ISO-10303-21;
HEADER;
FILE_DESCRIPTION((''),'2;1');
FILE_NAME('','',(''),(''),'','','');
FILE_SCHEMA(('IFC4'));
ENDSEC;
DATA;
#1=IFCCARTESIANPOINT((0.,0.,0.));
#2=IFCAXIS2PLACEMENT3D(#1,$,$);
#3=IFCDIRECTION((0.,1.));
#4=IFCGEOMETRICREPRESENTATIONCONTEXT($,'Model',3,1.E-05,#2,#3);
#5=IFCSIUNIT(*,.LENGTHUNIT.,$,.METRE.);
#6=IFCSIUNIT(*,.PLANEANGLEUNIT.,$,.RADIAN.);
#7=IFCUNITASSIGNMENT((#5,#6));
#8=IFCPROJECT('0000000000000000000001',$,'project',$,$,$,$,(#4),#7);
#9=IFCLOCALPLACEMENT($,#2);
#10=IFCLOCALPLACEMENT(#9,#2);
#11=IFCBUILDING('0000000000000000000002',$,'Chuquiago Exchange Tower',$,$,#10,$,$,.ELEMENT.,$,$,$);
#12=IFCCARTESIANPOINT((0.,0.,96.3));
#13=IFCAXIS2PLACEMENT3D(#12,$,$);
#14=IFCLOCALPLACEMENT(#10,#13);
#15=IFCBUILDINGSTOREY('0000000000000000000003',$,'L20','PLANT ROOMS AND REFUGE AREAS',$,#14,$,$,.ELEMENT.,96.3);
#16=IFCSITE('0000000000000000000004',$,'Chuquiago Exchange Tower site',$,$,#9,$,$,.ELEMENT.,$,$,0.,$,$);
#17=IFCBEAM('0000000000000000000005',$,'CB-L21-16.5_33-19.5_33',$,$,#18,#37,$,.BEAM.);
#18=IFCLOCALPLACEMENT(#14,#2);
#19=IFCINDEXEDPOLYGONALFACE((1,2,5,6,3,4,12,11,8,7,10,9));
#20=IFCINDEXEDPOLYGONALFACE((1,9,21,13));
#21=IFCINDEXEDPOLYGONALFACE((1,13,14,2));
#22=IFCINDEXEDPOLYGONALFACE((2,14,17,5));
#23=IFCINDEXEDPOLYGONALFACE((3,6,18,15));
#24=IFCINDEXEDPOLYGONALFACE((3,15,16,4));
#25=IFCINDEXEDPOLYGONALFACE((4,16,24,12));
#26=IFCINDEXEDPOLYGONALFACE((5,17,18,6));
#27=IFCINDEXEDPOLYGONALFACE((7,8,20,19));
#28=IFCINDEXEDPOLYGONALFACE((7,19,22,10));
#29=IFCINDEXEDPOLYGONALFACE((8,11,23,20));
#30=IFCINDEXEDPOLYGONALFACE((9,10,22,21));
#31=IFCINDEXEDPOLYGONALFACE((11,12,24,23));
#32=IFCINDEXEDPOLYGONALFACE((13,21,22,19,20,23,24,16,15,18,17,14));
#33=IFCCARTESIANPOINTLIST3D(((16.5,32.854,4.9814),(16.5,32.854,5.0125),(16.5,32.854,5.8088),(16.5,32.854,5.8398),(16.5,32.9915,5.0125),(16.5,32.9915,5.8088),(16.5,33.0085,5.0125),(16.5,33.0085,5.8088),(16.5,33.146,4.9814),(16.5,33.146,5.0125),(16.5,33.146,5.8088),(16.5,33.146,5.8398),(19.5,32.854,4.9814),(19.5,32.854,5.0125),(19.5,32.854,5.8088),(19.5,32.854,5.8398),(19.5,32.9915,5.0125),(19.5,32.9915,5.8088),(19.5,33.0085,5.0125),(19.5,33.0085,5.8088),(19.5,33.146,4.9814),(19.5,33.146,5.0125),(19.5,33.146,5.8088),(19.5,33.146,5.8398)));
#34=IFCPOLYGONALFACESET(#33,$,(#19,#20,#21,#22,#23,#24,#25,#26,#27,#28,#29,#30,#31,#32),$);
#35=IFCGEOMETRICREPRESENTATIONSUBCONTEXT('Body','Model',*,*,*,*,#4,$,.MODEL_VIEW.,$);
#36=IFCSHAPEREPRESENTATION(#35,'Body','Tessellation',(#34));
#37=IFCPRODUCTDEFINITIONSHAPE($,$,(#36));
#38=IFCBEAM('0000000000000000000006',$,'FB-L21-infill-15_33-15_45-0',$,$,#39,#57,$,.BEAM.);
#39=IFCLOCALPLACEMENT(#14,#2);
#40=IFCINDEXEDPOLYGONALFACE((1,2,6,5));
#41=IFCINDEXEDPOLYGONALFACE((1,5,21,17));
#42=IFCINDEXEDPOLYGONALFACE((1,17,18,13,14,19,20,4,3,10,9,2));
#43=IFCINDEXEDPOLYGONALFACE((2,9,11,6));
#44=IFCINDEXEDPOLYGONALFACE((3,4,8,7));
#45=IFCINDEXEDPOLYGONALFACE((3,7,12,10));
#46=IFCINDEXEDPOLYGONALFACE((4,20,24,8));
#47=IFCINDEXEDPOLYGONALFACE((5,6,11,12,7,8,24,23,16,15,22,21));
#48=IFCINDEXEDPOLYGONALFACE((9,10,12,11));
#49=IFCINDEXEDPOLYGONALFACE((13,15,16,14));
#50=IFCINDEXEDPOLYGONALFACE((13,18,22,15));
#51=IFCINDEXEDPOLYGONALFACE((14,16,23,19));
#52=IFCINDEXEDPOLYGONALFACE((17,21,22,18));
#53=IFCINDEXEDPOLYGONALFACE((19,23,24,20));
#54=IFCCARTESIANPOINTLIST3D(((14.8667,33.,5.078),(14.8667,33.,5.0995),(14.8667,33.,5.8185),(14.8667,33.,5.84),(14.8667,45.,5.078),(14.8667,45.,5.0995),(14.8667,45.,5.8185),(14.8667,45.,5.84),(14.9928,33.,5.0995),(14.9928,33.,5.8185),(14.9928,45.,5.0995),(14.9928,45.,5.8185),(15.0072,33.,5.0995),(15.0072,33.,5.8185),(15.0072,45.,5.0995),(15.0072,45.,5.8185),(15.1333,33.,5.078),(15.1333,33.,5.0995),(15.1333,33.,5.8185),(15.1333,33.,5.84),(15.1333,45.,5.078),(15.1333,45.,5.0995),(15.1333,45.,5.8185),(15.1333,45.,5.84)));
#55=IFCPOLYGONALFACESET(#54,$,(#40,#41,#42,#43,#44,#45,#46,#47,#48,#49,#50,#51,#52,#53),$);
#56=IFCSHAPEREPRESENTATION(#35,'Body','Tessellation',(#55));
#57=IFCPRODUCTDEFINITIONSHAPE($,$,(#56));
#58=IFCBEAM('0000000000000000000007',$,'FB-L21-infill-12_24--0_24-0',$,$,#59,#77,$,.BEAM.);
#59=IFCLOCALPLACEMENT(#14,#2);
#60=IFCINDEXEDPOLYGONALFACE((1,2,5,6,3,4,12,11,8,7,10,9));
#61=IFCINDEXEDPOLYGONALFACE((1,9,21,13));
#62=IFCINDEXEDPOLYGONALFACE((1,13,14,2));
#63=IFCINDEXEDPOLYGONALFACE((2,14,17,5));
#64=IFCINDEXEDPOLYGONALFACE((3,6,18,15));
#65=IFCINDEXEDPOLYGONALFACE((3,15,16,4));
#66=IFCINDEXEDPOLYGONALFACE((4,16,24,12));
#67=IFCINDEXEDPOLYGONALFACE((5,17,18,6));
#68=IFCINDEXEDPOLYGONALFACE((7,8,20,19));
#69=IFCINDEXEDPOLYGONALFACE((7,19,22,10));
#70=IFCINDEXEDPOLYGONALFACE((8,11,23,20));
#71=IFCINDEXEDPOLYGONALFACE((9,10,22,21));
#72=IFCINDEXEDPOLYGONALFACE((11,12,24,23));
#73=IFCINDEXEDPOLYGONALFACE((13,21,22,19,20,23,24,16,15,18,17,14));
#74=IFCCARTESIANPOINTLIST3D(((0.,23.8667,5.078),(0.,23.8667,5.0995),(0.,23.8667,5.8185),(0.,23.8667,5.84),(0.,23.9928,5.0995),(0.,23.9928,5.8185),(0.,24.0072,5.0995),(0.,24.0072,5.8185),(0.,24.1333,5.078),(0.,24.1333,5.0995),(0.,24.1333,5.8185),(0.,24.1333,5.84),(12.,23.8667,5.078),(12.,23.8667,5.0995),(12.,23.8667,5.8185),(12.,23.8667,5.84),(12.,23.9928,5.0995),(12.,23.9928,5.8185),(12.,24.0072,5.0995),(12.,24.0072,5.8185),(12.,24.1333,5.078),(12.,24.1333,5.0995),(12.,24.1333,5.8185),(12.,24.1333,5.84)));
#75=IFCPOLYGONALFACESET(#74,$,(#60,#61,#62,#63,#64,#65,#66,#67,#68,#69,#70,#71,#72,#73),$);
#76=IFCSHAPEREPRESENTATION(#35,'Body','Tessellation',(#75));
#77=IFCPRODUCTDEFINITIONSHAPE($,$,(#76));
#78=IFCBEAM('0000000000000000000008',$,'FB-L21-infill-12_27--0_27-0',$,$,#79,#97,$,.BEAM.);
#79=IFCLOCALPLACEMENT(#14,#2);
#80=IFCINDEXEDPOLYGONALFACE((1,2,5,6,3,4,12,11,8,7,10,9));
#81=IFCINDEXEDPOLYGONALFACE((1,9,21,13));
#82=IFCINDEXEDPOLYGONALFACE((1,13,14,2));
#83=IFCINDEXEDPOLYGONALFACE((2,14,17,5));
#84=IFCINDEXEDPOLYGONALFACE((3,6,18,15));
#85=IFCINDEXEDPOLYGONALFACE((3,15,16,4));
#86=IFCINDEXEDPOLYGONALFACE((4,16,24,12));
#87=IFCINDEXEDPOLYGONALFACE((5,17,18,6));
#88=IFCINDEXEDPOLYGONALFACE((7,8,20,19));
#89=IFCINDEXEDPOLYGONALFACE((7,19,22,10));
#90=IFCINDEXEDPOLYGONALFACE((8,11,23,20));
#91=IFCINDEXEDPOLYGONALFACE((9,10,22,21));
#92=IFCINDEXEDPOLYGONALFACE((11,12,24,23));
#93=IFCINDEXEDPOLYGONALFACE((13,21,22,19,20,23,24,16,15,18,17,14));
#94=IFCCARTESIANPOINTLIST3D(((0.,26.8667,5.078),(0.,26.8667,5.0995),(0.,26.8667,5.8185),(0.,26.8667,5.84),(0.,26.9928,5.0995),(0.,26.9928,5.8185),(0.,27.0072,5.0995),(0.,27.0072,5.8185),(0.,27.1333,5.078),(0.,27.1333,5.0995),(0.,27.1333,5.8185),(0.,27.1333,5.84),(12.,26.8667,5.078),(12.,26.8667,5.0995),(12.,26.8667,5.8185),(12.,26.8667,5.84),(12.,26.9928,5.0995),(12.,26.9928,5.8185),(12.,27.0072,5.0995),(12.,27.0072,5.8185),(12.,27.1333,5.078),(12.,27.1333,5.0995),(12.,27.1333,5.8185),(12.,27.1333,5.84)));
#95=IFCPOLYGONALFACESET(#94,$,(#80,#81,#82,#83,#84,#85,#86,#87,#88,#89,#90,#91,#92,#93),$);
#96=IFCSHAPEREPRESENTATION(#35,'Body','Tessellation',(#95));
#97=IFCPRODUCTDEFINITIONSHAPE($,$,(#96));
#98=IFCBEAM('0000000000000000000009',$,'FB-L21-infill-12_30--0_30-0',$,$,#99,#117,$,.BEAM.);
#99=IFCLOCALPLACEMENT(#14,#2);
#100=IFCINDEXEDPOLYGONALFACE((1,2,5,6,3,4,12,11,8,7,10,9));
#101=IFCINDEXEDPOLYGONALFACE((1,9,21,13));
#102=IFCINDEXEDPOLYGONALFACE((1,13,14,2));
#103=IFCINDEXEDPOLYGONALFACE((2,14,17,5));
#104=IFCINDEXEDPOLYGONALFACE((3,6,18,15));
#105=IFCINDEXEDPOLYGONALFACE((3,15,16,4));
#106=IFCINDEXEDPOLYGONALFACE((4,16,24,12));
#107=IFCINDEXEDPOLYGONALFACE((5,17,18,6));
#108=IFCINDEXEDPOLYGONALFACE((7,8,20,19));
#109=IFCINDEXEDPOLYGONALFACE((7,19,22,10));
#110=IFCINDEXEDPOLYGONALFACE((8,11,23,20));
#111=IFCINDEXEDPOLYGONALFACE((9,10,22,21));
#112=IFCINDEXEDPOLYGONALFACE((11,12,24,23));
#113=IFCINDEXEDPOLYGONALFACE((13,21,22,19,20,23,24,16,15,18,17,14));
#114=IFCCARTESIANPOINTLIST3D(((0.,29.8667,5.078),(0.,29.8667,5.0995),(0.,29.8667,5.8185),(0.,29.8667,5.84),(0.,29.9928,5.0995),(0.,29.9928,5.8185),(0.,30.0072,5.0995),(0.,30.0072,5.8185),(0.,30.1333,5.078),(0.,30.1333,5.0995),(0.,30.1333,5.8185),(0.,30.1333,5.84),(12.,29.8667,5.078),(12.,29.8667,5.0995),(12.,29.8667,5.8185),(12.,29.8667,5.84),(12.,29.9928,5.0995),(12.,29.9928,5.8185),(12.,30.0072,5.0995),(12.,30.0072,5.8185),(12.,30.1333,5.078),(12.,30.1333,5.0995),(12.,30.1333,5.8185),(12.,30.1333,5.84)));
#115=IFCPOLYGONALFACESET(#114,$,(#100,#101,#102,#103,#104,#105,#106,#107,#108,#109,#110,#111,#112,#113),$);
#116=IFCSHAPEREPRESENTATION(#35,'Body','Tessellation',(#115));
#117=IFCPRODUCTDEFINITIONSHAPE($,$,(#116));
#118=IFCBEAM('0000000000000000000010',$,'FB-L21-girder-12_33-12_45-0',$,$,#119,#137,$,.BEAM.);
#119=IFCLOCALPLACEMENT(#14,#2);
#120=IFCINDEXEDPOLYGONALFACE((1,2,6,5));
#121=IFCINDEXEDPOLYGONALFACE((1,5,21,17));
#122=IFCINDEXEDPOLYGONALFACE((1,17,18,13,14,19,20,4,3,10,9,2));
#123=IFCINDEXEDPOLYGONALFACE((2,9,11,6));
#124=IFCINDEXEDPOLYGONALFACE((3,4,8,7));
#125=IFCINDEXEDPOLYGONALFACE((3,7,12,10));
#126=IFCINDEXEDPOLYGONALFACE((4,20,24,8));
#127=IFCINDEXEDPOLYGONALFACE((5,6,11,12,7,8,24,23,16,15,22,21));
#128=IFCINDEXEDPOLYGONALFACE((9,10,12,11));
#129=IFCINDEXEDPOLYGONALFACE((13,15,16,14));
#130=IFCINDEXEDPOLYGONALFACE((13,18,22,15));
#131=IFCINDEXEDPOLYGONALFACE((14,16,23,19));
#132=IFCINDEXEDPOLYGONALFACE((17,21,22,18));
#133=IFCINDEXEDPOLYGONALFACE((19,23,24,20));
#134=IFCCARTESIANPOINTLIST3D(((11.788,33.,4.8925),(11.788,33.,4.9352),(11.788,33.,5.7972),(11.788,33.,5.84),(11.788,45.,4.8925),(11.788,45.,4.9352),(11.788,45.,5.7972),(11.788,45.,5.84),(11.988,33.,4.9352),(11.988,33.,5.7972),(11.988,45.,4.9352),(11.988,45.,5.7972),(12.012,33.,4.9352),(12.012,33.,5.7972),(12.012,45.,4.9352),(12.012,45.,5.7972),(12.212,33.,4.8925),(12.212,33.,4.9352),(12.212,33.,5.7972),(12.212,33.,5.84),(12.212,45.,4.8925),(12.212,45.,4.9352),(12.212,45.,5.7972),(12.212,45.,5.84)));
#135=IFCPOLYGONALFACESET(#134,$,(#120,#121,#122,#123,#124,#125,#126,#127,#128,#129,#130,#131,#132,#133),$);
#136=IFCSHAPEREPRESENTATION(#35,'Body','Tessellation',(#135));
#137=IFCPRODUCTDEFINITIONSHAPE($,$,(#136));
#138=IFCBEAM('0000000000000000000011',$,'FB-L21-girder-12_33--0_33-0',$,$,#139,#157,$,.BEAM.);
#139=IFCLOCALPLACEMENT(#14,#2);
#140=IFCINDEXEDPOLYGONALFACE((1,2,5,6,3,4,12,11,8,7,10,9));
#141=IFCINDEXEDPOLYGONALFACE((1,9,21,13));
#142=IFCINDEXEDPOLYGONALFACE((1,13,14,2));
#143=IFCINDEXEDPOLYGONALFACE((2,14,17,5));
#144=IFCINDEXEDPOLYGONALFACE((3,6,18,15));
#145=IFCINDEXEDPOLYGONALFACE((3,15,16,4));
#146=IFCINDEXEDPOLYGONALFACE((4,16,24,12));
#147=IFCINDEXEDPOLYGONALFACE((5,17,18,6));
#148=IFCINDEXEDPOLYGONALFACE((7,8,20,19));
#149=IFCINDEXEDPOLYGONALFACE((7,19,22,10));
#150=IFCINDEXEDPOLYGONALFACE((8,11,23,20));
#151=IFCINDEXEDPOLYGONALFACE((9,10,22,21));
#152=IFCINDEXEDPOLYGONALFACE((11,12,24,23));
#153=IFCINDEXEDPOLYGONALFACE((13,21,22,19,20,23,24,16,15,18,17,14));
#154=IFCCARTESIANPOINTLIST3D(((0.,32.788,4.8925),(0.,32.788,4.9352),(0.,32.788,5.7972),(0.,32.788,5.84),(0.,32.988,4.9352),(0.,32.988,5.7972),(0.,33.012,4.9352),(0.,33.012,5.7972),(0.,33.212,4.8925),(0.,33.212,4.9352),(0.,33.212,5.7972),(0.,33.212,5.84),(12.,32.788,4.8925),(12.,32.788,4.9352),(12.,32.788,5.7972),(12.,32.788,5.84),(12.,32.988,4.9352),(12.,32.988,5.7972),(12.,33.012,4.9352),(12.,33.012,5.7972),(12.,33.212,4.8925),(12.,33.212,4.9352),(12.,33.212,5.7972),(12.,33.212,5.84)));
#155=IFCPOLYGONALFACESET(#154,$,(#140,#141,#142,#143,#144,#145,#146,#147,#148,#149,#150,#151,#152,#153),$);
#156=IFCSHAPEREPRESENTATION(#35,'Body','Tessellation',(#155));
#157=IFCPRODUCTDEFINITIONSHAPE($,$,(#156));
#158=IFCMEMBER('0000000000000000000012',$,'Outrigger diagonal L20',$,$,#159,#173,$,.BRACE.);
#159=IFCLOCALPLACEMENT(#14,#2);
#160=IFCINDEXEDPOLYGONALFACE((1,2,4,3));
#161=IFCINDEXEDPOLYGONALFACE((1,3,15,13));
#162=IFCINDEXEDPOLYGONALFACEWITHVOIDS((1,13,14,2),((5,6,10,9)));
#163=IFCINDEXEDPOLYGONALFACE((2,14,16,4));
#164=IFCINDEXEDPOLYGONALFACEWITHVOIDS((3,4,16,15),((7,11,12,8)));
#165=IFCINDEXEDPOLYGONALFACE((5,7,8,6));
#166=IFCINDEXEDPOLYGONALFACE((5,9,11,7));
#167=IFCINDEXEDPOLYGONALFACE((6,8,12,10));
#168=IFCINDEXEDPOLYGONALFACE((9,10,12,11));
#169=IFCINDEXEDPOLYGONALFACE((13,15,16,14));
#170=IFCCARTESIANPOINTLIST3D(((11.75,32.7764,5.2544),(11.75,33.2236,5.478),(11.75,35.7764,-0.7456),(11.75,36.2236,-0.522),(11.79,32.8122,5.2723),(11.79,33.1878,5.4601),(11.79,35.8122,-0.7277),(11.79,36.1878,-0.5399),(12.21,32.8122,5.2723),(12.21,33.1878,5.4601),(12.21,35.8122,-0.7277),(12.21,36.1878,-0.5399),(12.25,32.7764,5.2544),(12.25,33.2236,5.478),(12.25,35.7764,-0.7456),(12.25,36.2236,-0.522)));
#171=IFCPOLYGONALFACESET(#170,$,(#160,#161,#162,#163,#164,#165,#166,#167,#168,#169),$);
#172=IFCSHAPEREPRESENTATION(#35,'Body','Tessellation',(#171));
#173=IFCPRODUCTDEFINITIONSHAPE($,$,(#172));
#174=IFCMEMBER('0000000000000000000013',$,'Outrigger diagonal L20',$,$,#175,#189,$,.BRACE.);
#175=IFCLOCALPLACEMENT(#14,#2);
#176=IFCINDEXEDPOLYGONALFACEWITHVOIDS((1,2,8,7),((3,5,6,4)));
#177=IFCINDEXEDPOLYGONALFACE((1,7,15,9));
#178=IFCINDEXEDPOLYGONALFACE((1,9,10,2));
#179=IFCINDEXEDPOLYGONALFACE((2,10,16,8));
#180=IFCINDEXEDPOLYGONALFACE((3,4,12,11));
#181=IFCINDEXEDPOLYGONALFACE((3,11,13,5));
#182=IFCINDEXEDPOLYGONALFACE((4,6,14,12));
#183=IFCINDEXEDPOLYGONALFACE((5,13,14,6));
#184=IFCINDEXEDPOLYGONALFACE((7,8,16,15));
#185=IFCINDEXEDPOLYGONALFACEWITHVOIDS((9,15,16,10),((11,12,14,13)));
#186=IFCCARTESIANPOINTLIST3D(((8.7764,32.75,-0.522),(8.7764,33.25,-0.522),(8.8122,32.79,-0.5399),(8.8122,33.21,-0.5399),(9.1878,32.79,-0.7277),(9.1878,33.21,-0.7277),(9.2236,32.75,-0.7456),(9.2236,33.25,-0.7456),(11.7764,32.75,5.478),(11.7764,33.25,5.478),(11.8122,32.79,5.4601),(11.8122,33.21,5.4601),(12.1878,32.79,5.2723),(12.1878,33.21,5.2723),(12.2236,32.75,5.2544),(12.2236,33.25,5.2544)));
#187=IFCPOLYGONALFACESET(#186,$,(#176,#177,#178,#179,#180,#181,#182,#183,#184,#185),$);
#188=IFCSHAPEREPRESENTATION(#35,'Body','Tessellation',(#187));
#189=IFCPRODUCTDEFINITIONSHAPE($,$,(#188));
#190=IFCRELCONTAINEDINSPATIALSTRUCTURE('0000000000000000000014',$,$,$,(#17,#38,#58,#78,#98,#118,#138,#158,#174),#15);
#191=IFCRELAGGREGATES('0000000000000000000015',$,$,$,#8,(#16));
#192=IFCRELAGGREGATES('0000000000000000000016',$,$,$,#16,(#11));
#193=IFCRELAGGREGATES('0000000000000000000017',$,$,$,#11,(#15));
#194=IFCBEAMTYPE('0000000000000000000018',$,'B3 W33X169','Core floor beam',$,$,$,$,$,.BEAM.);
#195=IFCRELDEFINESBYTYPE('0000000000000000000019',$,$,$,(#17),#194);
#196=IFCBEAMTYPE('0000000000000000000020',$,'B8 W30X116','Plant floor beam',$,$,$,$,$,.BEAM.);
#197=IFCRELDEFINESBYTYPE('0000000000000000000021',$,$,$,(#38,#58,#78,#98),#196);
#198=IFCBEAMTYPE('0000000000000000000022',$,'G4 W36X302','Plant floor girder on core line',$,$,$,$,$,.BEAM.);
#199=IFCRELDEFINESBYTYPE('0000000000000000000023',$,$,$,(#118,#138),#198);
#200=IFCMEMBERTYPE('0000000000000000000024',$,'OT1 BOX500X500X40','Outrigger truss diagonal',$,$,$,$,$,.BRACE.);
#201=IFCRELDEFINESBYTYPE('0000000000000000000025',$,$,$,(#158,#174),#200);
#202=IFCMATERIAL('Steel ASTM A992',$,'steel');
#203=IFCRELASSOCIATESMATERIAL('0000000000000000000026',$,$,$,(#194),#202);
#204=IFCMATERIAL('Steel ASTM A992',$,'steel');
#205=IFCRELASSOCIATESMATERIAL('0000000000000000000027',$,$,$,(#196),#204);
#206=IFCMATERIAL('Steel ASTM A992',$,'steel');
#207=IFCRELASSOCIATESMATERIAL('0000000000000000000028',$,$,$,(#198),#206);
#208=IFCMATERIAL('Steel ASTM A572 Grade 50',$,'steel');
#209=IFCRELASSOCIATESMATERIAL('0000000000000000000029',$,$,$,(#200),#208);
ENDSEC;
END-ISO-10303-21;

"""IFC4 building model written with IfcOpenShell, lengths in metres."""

from ifc_helpers import new_model, si_unit, direction, frame, origin, origin_2d, place, context, subcontext, project, spatial, hollow_rectangle, i_section, extrude, material, material_profile, profile_set, type_object, element, save


model = new_model("IFC4")

# Units and contexts
model_context = context("Model", 3, precision=1e-05, world=origin(), true_north=direction((0.0, 1.0)))
body_context = subcontext(model_context, "Body", "Model", "MODEL_VIEW")
ifc_project = project(units=[si_unit("LENGTHUNIT", "METRE"), si_unit("PLANEANGLEUNIT", "RADIAN")], contexts=[model_context])

# Site, building, storey
site_placement = place(None, origin())
site = spatial("IfcSite", under=ifc_project, at=site_placement, Name="Chuquiago Exchange Tower site", CompositionType="ELEMENT", RefElevation=0.0)
building_placement = place(site_placement, origin())
building = spatial("IfcBuilding", under=site, at=building_placement, Name="Chuquiago Exchange Tower", CompositionType="ELEMENT")
storey_placement = place(building_placement, frame((0.0, 0.0, 96.3)))
storey = spatial("IfcBuildingStorey", under=building, at=storey_placement, Name="L20", Description="PLANT ROOMS AND REFUGE AREAS", CompositionType="ELEMENT", Elevation=96.3)

# Beams
ifc_material_1 = material(Name="Steel ASTM A992", Category="steel")
ifc_material_profile_1 = material_profile(ifc_material_1, i_section(OverallWidth=0.292, OverallDepth=0.8584, WebThickness=0.0171, FlangeThickness=0.031, at=origin_2d()), Name="W33X169")
ifc_profile_set_1 = profile_set([ifc_material_profile_1], Name="Steel ASTM A992")
beam_type_1 = type_object("IfcBeamType", Name="B3 W33X169", Description="Core floor beam", PredefinedType="BEAM", material=ifc_profile_set_1)
beam_1_placement = place(storey_placement, frame((16.5, 33.0, 5.4106), z_axis=(1.0, 0.0, 0.0), x_axis=(0.0, 1.0, 0.0)))
element("IfcBeam", 1, at=beam_1_placement, inside=storey, type_object=beam_type_1, Name="CB-L21-16.5_33-19.5_33", PredefinedType="BEAM", context=body_context, shape_type="SweptSolid", body=[
    extrude(i_section(OverallWidth=0.292, OverallDepth=0.8584, WebThickness=0.0171, FlangeThickness=0.031, at=origin_2d()), origin(), (0.0, 0.0, 1.0), 3.0),
])
ifc_material_2 = material(Name="Steel ASTM A992", Category="steel")
ifc_material_profile_2 = material_profile(ifc_material_2, i_section(OverallWidth=0.2666, OverallDepth=0.762, WebThickness=0.0144, FlangeThickness=0.0215, at=origin_2d()), Name="W30X116")
ifc_profile_set_2 = profile_set([ifc_material_profile_2], Name="Steel ASTM A992")
beam_type_2 = type_object("IfcBeamType", Name="B8 W30X116", Description="Plant floor beam", PredefinedType="BEAM", material=ifc_profile_set_2)
for number, where, z_axis, x_axis, name in (
    (2, (15.0, 33.0, 5.459), (0.0, 1.0, 0.0), (-1.0, 0.0, 0.0), "FB-L21-infill-15_33-15_45-0"),
    (3, (12.0, 24.0, 5.459), (-1.0, 0.0, 0.0), (0.0, -1.0, 0.0), "FB-L21-infill-12_24--0_24-0"),
    (4, (12.0, 27.0, 5.459), (-1.0, 0.0, 0.0), (0.0, -1.0, 0.0), "FB-L21-infill-12_27--0_27-0"),
    (5, (12.0, 30.0, 5.459), (-1.0, 0.0, 0.0), (0.0, -1.0, 0.0), "FB-L21-infill-12_30--0_30-0"),
):
    element("IfcBeam", number, at=place(storey_placement, frame(where, z_axis=z_axis, x_axis=x_axis)), inside=storey, type_object=beam_type_2, Name=name, PredefinedType="BEAM", context=body_context, shape_type="SweptSolid", body=[
        extrude(i_section(OverallWidth=0.2666, OverallDepth=0.762, WebThickness=0.0144, FlangeThickness=0.0215, at=origin_2d()), origin(), (0.0, 0.0, 1.0), 12.0),
    ])
ifc_material_3 = material(Name="Steel ASTM A992", Category="steel")
ifc_material_profile_3 = material_profile(ifc_material_3, i_section(OverallWidth=0.4241, OverallDepth=0.9475, WebThickness=0.0239, FlangeThickness=0.0427, at=origin_2d()), Name="W36X302")
ifc_profile_set_3 = profile_set([ifc_material_profile_3], Name="Steel ASTM A992")
beam_type_3 = type_object("IfcBeamType", Name="G4 W36X302", Description="Plant floor girder on core line", PredefinedType="BEAM", material=ifc_profile_set_3)
for number, where, z_axis, x_axis, name in (
    (6, (12.0, 33.0, 5.3662), (0.0, 1.0, 0.0), (-1.0, 0.0, 0.0), "FB-L21-girder-12_33-12_45-0"),
    (7, (12.0, 33.0, 5.3662), (-1.0, 0.0, 0.0), (0.0, -1.0, 0.0), "FB-L21-girder-12_33--0_33-0"),
):
    element("IfcBeam", number, at=place(storey_placement, frame(where, z_axis=z_axis, x_axis=x_axis)), inside=storey, type_object=beam_type_3, Name=name, PredefinedType="BEAM", context=body_context, shape_type="SweptSolid", body=[
        extrude(i_section(OverallWidth=0.4241, OverallDepth=0.9475, WebThickness=0.0239, FlangeThickness=0.0427, at=origin_2d()), origin(), (0.0, 0.0, 1.0), 12.0),
    ])

# Members
ifc_material_4 = material(Name="Steel ASTM A572 Grade 50", Category="steel")
ifc_material_profile_4 = material_profile(ifc_material_4, hollow_rectangle(XDim=0.5, YDim=0.5, WallThickness=0.04, at=origin_2d()), Name="BOX500X500X40")
ifc_profile_set_4 = profile_set([ifc_material_profile_4], Name="Steel ASTM A572 Grade 50")
member_type = type_object("IfcMemberType", Name="OT1 BOX500X500X40", Description="Outrigger truss diagonal", PredefinedType="BRACE", material=ifc_profile_set_4)
for number, where, z_axis, x_axis, name in (
    (8, (12.0, 33.0, 5.3662), (0.0, 0.447214, -0.894427), (-1.0, 0.0, 0.0), "Outrigger diagonal L20"),
    (9, (12.0, 33.0, 5.3662), (-0.447214, 0.0, -0.894427), (0.0, -1.0, 0.0), "Outrigger diagonal L20"),
):
    element("IfcMember", number, at=place(storey_placement, frame(where, z_axis=z_axis, x_axis=x_axis)), inside=storey, type_object=member_type, Name=name, PredefinedType="BRACE", context=body_context, shape_type="SweptSolid", body=[
        extrude(hollow_rectangle(XDim=0.5, YDim=0.5, WallThickness=0.04, at=origin_2d()), origin(), (0.0, 0.0, 1.0), 6.7083),
    ])

save(model, "model.ifc")
